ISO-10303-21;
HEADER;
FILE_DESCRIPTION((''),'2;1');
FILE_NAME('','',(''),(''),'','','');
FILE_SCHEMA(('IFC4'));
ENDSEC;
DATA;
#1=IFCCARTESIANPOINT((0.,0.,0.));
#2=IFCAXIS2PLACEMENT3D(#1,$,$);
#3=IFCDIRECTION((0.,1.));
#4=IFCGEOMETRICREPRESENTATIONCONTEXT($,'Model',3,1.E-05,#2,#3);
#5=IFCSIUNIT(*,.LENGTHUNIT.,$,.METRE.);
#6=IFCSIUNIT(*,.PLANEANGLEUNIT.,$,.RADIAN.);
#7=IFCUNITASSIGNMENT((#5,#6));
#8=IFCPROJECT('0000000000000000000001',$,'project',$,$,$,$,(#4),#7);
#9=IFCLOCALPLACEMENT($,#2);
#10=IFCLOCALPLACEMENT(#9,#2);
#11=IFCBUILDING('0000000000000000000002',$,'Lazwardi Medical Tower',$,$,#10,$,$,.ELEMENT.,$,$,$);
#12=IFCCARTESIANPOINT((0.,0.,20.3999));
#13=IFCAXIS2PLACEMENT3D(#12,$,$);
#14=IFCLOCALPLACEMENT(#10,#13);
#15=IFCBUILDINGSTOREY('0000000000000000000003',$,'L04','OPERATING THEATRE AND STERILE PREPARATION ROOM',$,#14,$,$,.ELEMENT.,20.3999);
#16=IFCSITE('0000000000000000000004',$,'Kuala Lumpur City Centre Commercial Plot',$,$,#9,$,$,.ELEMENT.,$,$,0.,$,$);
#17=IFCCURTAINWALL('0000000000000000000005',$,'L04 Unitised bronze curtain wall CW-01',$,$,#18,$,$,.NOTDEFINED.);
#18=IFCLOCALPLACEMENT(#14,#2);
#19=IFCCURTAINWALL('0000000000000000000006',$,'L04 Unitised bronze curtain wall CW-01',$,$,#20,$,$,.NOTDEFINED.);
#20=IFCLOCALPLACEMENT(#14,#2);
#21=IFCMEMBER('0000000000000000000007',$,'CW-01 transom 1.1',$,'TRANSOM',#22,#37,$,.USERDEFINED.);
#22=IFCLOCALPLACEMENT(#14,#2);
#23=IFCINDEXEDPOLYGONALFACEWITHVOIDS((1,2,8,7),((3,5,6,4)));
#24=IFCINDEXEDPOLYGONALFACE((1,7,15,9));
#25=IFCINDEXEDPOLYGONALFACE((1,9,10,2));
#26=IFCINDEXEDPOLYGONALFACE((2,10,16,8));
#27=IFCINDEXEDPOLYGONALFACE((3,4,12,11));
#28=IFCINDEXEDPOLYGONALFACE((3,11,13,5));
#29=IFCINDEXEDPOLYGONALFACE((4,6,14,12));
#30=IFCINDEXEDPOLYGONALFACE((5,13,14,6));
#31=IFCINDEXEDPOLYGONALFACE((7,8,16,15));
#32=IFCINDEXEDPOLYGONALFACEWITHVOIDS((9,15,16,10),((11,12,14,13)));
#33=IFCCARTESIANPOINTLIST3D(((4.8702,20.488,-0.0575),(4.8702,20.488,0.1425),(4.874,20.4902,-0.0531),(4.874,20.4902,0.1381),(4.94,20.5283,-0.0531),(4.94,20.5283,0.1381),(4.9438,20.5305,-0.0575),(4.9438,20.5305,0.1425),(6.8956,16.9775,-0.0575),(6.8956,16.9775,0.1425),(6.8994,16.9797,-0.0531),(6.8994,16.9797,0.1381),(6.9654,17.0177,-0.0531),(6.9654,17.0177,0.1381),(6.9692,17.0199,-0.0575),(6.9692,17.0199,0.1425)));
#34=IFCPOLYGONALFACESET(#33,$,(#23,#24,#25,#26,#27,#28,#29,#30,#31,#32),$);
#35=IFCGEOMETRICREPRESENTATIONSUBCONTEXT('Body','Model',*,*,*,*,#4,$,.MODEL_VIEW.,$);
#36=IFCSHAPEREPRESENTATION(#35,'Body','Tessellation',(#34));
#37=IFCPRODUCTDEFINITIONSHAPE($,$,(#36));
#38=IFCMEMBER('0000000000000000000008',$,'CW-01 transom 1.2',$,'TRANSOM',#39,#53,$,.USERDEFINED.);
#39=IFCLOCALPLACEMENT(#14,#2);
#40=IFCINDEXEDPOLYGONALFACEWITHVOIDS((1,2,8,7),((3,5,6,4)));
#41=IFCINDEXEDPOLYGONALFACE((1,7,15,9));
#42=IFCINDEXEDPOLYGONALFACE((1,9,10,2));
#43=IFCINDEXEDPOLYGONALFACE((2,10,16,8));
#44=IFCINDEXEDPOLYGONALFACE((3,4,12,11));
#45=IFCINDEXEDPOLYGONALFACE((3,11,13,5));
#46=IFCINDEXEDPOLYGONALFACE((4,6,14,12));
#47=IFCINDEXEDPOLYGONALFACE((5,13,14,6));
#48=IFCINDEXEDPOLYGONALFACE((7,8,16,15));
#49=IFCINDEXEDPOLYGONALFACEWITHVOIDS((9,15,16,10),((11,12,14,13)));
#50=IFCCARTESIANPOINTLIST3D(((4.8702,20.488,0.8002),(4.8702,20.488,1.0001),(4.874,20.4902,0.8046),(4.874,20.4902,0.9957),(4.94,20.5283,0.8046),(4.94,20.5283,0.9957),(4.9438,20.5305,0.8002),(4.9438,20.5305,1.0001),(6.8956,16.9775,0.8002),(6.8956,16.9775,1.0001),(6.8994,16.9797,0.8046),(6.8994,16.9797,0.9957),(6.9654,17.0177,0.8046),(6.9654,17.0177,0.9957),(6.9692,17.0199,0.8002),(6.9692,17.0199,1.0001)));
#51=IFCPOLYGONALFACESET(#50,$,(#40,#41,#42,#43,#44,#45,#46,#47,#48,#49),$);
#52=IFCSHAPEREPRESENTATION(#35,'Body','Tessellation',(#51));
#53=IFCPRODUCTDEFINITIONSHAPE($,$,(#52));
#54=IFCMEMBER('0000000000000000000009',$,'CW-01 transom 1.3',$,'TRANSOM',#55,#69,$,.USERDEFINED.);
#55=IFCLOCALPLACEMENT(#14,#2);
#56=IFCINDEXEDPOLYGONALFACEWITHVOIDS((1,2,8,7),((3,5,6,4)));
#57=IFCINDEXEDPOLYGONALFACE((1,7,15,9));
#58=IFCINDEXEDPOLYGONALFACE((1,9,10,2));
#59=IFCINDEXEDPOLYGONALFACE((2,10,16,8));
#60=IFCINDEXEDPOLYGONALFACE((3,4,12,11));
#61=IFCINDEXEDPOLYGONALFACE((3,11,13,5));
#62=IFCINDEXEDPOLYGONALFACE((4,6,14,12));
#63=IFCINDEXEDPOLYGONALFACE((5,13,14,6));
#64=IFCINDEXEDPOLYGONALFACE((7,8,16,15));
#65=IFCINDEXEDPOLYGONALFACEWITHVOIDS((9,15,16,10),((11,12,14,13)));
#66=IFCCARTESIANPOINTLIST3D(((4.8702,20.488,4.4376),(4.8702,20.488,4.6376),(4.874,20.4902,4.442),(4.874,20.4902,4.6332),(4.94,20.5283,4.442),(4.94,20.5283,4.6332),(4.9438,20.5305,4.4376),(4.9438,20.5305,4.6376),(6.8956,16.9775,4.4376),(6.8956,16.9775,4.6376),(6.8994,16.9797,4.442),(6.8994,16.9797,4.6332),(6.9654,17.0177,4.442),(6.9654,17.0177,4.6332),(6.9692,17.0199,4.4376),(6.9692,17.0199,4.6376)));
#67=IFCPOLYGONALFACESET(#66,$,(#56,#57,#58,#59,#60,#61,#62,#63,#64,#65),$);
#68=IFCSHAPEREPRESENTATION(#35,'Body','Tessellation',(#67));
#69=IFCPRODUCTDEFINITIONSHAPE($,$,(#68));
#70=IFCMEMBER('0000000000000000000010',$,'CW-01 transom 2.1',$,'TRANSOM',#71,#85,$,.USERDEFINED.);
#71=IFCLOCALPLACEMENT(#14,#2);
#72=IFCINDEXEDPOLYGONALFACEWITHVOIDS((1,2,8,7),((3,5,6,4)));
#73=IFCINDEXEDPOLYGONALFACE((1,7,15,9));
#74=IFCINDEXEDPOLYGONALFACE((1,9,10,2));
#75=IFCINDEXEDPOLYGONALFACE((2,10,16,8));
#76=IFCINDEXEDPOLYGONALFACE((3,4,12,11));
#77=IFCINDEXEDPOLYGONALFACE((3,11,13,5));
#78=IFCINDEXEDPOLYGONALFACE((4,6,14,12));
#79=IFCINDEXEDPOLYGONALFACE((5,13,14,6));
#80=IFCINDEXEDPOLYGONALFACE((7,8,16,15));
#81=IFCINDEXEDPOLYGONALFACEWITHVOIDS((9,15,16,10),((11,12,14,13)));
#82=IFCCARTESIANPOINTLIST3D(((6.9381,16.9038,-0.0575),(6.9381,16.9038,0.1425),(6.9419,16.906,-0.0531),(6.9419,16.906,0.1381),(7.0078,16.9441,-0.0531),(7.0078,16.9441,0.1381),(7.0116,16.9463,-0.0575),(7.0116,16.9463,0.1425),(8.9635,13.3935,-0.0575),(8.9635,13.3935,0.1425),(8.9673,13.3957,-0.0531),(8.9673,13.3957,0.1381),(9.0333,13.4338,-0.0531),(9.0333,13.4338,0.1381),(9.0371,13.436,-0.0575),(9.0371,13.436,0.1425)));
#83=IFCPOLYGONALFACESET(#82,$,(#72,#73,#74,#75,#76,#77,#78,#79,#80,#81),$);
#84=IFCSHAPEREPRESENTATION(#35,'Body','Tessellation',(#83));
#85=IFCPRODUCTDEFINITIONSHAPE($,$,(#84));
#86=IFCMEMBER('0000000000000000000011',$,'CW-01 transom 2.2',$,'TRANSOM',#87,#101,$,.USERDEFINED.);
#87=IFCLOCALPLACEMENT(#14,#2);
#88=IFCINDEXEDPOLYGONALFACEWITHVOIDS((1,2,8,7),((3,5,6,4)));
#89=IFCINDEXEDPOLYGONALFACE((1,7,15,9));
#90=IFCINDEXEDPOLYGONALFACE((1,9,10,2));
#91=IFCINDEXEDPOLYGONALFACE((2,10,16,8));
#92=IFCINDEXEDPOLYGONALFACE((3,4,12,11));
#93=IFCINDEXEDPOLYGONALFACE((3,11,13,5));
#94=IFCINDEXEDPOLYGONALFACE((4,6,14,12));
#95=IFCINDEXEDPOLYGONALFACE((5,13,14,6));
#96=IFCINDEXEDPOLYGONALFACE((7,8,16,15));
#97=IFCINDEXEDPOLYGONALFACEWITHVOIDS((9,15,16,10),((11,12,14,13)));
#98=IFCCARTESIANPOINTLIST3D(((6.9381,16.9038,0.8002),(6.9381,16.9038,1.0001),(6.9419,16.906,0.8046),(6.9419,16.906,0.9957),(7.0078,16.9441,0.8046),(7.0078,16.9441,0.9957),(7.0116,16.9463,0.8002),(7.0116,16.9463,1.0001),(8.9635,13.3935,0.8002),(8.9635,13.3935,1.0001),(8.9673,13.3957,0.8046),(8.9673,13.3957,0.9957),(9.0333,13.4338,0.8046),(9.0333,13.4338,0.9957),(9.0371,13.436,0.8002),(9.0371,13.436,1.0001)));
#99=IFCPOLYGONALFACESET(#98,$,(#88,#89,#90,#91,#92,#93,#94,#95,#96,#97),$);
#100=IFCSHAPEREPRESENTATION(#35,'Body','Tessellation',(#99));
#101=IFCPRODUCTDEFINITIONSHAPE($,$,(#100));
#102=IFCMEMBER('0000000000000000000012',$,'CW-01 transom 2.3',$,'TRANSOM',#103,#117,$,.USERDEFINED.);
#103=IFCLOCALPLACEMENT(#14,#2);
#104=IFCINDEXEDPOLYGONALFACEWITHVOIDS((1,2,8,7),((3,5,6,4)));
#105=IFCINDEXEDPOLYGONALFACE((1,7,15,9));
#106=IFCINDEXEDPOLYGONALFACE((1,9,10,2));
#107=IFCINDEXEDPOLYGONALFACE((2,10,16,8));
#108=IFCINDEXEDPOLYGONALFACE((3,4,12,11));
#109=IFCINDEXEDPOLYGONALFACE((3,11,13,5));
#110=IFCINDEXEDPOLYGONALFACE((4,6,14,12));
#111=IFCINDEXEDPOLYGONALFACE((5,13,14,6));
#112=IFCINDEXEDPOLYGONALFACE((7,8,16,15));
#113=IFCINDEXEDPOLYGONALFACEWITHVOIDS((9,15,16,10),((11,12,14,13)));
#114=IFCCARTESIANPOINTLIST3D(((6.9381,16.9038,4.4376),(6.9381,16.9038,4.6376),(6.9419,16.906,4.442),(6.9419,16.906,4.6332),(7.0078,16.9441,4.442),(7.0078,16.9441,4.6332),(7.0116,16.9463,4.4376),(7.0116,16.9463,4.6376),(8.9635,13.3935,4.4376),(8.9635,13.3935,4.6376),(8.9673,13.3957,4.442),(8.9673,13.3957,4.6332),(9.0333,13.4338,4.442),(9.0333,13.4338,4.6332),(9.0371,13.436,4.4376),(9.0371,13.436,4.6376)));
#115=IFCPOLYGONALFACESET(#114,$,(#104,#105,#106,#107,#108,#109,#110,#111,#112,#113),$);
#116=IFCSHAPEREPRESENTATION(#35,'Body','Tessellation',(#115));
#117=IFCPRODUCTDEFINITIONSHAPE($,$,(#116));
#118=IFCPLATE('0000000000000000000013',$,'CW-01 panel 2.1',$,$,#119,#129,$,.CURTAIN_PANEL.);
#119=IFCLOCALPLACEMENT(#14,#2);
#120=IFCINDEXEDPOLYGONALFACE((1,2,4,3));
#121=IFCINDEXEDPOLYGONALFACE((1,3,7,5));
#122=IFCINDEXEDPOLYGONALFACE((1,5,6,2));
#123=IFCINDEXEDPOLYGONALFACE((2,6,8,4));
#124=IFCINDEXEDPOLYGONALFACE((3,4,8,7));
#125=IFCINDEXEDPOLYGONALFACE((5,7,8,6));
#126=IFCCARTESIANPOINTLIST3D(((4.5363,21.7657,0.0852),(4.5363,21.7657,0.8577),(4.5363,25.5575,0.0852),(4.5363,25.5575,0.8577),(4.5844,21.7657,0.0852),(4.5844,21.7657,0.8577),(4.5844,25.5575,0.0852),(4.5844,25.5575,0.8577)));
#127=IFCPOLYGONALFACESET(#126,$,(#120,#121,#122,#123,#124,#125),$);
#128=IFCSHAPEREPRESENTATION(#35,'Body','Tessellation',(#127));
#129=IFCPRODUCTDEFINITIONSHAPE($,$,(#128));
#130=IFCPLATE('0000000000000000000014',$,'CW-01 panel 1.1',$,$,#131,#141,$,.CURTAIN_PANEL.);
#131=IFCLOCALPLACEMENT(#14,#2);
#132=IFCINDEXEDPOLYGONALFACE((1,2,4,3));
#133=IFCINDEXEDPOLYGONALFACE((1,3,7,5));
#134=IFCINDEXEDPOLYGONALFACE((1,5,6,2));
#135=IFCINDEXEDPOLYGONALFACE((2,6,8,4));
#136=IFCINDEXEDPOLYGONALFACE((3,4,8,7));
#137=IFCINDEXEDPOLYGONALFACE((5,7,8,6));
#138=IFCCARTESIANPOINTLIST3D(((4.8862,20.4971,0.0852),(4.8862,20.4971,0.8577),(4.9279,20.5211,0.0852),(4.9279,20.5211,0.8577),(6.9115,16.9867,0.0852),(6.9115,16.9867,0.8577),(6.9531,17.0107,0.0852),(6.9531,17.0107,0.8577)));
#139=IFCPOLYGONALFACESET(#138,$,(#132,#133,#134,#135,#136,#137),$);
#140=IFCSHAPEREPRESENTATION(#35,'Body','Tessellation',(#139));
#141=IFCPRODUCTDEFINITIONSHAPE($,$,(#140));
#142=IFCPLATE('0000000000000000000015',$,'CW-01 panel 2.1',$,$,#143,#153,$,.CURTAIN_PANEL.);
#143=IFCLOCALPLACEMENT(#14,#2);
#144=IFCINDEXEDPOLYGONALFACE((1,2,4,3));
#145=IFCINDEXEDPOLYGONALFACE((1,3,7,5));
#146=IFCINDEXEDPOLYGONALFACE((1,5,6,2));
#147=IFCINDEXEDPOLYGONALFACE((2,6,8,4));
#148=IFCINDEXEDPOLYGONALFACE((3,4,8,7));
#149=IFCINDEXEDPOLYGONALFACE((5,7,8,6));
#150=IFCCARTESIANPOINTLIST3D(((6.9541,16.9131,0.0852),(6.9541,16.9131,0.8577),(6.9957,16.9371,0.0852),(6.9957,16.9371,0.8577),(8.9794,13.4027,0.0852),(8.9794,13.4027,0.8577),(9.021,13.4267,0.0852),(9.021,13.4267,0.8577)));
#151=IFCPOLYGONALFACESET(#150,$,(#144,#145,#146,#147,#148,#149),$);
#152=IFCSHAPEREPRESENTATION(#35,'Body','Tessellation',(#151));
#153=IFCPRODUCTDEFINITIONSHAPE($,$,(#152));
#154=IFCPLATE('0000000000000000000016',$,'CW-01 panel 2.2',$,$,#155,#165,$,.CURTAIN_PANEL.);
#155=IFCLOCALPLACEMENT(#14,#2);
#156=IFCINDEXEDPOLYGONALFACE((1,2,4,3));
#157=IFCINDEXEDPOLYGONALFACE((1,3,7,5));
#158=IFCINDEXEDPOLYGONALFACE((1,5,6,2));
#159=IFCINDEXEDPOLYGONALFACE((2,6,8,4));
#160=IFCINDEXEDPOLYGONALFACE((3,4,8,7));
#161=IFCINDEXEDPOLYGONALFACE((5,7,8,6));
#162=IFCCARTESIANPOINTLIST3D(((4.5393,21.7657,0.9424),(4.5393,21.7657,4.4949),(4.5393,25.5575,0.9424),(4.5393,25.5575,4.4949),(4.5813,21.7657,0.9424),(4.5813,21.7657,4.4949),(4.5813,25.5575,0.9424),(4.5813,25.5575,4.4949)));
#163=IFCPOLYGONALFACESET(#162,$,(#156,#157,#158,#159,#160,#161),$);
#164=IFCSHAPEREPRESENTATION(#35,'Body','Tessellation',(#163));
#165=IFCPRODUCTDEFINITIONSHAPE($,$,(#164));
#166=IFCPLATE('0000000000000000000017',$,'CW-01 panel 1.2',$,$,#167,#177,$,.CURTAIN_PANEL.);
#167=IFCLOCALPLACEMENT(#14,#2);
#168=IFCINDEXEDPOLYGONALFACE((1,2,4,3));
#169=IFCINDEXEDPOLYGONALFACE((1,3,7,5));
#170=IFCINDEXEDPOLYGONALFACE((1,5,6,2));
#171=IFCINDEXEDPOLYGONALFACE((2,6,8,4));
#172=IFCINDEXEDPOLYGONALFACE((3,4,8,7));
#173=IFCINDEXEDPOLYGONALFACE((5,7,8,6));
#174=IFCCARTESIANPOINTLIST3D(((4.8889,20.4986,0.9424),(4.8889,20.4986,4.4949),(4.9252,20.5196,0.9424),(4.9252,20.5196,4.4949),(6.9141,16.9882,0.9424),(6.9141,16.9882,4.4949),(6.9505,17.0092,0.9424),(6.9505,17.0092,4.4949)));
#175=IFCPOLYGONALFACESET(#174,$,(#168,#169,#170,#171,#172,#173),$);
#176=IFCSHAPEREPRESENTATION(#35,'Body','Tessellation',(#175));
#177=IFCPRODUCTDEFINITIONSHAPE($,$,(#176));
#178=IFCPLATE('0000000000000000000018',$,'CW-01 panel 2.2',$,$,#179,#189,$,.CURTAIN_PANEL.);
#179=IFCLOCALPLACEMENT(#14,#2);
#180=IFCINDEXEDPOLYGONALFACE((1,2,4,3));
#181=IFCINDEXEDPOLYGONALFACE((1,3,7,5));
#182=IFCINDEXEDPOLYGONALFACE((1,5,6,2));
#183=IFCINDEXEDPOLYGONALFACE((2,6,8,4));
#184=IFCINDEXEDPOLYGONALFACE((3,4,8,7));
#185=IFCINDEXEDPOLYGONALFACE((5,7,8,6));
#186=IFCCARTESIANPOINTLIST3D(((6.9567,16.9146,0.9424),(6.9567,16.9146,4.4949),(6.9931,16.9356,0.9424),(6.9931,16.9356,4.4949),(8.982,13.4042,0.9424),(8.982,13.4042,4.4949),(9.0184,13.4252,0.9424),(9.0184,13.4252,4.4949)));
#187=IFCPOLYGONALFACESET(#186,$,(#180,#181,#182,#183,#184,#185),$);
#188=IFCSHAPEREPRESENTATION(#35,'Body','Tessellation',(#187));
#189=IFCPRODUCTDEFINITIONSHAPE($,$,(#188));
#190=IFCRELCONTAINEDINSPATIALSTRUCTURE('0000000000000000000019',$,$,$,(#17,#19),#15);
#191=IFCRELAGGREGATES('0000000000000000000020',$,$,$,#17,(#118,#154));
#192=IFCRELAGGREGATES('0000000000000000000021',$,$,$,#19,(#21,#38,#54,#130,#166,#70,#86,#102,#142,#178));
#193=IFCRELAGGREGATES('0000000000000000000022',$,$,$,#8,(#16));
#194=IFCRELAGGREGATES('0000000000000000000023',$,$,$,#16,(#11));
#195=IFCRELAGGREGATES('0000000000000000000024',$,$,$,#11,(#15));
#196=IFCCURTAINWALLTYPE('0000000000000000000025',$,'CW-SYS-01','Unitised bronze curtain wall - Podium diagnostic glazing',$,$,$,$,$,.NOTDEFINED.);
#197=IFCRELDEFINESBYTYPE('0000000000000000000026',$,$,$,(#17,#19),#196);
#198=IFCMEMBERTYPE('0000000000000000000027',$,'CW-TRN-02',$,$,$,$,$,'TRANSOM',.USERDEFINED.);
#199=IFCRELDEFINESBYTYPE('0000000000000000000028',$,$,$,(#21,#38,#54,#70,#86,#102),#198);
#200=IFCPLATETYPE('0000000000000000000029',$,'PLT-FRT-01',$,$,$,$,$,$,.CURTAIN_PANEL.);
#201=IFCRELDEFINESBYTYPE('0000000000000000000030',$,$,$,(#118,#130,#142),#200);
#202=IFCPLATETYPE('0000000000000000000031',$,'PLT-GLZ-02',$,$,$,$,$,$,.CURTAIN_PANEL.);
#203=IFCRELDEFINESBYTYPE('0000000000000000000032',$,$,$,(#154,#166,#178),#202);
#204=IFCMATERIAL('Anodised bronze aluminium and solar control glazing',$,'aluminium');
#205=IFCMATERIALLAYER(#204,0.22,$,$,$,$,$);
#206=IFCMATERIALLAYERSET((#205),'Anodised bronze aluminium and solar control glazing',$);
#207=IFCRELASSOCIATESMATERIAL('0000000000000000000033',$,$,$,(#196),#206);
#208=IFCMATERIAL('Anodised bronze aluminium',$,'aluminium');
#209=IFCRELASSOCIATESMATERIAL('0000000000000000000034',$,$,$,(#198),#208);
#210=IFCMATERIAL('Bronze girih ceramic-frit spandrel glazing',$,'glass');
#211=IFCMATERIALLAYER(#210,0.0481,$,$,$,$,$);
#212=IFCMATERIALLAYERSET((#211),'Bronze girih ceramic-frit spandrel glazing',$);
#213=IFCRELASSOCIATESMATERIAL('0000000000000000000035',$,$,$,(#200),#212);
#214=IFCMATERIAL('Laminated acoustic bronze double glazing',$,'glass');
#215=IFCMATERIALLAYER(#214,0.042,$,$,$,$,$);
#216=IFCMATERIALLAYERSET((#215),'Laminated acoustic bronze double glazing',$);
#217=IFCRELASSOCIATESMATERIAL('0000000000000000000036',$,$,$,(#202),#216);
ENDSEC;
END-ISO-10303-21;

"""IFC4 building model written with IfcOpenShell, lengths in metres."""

from ifc_helpers import new_model, si_unit, direction, frame, origin, origin_2d, place, context, subcontext, project, spatial, rectangle, hollow_rectangle, extrude, material, layer, layer_set, material_profile, profile_set, type_object, element, aggregate, save


model = new_model("IFC4")

# Units and contexts
model_context = context("Model", 3, precision=1e-05, world=origin(), true_north=direction((0.0, 1.0)))
body_context = subcontext(model_context, "Body", "Model", "MODEL_VIEW")
ifc_project = project(units=[si_unit("LENGTHUNIT", "METRE"), si_unit("PLANEANGLEUNIT", "RADIAN")], contexts=[model_context])

# Site, building, storey
site_placement = place(None, origin())
site = spatial("IfcSite", under=ifc_project, at=site_placement, Name="Kuala Lumpur City Centre Commercial Plot", CompositionType="ELEMENT", RefElevation=0.0)
building_placement = place(site_placement, origin())
building = spatial("IfcBuilding", under=site, at=building_placement, Name="Lazwardi Medical Tower", CompositionType="ELEMENT")
storey_placement = place(building_placement, frame((0.0, 0.0, 20.3999)))
storey = spatial("IfcBuildingStorey", under=building, at=storey_placement, Name="L04", Description="OPERATING THEATRE AND STERILE PREPARATION ROOM", CompositionType="ELEMENT", Elevation=20.3999)

# Curtain walls
ifc_material_1 = material(Name="Anodised bronze aluminium and solar control glazing", Category="aluminium")
ifc_layer_1 = layer(ifc_material_1, 0.22)
ifc_layer_set_1 = layer_set([ifc_layer_1], Name="Anodised bronze aluminium and solar control glazing")
curtain_wall_type = type_object("IfcCurtainWallType", Name="CW-SYS-01", Description="Unitised bronze curtain wall - Podium diagnostic glazing", PredefinedType="NOTDEFINED", material=ifc_layer_set_1)
curtain_wall_1_placement = place(storey_placement, origin())
curtain_wall_1 = element("IfcCurtainWall", 1, at=curtain_wall_1_placement, inside=storey, type_object=curtain_wall_type, Name="L04 Unitised bronze curtain wall CW-01", PredefinedType="NOTDEFINED")
ifc_material_2 = material(Name="Anodised bronze aluminium", Category="aluminium")
curtain_wall_2_placement = place(storey_placement, origin())
curtain_wall_2 = element("IfcCurtainWall", 2, at=curtain_wall_2_placement, inside=storey, type_object=curtain_wall_type, Name="L04 Unitised bronze curtain wall CW-01", PredefinedType="NOTDEFINED")

# Members
ifc_material_profile_1 = material_profile(ifc_material_2, hollow_rectangle(XDim=0.085, YDim=0.2, WallThickness=0.0044, at=origin_2d()), Name="ALU-TRANSOM 200x85x4.5")
ifc_profile_set_1 = profile_set([ifc_material_profile_1], Name="Anodised bronze aluminium")
member_type_1 = type_object("IfcMemberType", Name="CW-TRN-02", ElementType="TRANSOM", PredefinedType="USERDEFINED", material=ifc_profile_set_1)
member_1_placement = place(storey_placement, frame((4.907, 20.5093, 0.0425), z_axis=(0.499742, -0.866175, 0.0), x_axis=(0.866175, 0.499742, 0.0)))
member_1 = element("IfcMember", 3, at=member_1_placement, type_object=member_type_1, Name="CW-01 transom 1.1", ObjectType="TRANSOM", PredefinedType="USERDEFINED", context=body_context, shape_type="SweptSolid", body=[
    extrude(hollow_rectangle(XDim=0.085, YDim=0.2, WallThickness=0.0044, at=origin_2d()), origin(), (0.0, 0.0, 1.0), 4.053),
])
member_2_placement = place(storey_placement, frame((4.907, 20.5093, 0.9001), z_axis=(0.499742, -0.866175, 0.0), x_axis=(0.866175, 0.499742, 0.0)))
member_2 = element("IfcMember", 4, at=member_2_placement, type_object=member_type_1, Name="CW-01 transom 1.2", ObjectType="TRANSOM", PredefinedType="USERDEFINED", context=body_context, shape_type="SweptSolid", body=[
    extrude(hollow_rectangle(XDim=0.085, YDim=0.2, WallThickness=0.0044, at=origin_2d()), origin(), (0.0, 0.0, 1.0), 4.053),
])
member_3_placement = place(storey_placement, frame((4.907, 20.5093, 4.5376), z_axis=(0.499742, -0.866175, 0.0), x_axis=(0.866175, 0.499742, 0.0)))
member_3 = element("IfcMember", 5, at=member_3_placement, type_object=member_type_1, Name="CW-01 transom 1.3", ObjectType="TRANSOM", PredefinedType="USERDEFINED", context=body_context, shape_type="SweptSolid", body=[
    extrude(hollow_rectangle(XDim=0.085, YDim=0.2, WallThickness=0.0044, at=origin_2d()), origin(), (0.0, 0.0, 1.0), 4.053),
])
member_4_placement = place(storey_placement, frame((6.9749, 16.925, 0.0425), z_axis=(0.499768, -0.86616, 0.0), x_axis=(0.86616, 0.499768, 0.0)))
member_4 = element("IfcMember", 6, at=member_4_placement, type_object=member_type_1, Name="CW-01 transom 2.1", ObjectType="TRANSOM", PredefinedType="USERDEFINED", context=body_context, shape_type="SweptSolid", body=[
    extrude(hollow_rectangle(XDim=0.085, YDim=0.2, WallThickness=0.0044, at=origin_2d()), origin(), (0.0, 0.0, 1.0), 4.0527),
])
member_5_placement = place(storey_placement, frame((6.9749, 16.925, 0.9001), z_axis=(0.499768, -0.86616, 0.0), x_axis=(0.86616, 0.499768, 0.0)))
member_5 = element("IfcMember", 7, at=member_5_placement, type_object=member_type_1, Name="CW-01 transom 2.2", ObjectType="TRANSOM", PredefinedType="USERDEFINED", context=body_context, shape_type="SweptSolid", body=[
    extrude(hollow_rectangle(XDim=0.085, YDim=0.2, WallThickness=0.0044, at=origin_2d()), origin(), (0.0, 0.0, 1.0), 4.0527),
])
member_6_placement = place(storey_placement, frame((6.9749, 16.925, 4.5376), z_axis=(0.499768, -0.86616, 0.0), x_axis=(0.86616, 0.499768, 0.0)))
member_6 = element("IfcMember", 8, at=member_6_placement, type_object=member_type_1, Name="CW-01 transom 2.3", ObjectType="TRANSOM", PredefinedType="USERDEFINED", context=body_context, shape_type="SweptSolid", body=[
    extrude(hollow_rectangle(XDim=0.085, YDim=0.2, WallThickness=0.0044, at=origin_2d()), origin(), (0.0, 0.0, 1.0), 4.0527),
])

# Plates
ifc_material_3 = material(Name="Bronze girih ceramic-frit spandrel glazing", Category="glass")
ifc_layer_2 = layer(ifc_material_3, 0.0481)
ifc_layer_set_2 = layer_set([ifc_layer_2], Name="Bronze girih ceramic-frit spandrel glazing")
plate_type_1 = type_object("IfcPlateType", Name="PLT-FRT-01", PredefinedType="CURTAIN_PANEL", material=ifc_layer_set_2)
plate_1_placement = place(storey_placement, frame((4.5603, 23.6616, 0.0852), z_axis=(0.0, 0.0, 1.0), x_axis=(0.0, -1.0, 0.0)))
plate_1 = element("IfcPlate", 9, at=plate_1_placement, type_object=plate_type_1, Name="CW-01 panel 2.1", PredefinedType="CURTAIN_PANEL", context=body_context, shape_type="SweptSolid", body=[
    extrude(rectangle(XDim=3.7917, YDim=0.0481, at=origin_2d()), origin(), (0.0, 0.0, 1.0), 0.7725),
])
plate_2_placement = place(storey_placement, frame((5.9197, 18.7539, 0.0852), z_axis=(0.0, 0.0, 1.0), x_axis=(0.499731, -0.866181, 0.0)))
plate_2 = element("IfcPlate", 10, at=plate_2_placement, type_object=plate_type_1, Name="CW-01 panel 1.1", PredefinedType="CURTAIN_PANEL", context=body_context, shape_type="SweptSolid", body=[
    extrude(rectangle(XDim=4.0527, YDim=0.0481, at=origin_2d()), origin(), (0.0, 0.0, 1.0), 0.7725),
])
plate_3_placement = place(storey_placement, frame((7.9875, 15.1699, 0.0852), z_axis=(0.0, 0.0, 1.0), x_axis=(0.499731, -0.866181, 0.0)))
plate_3 = element("IfcPlate", 11, at=plate_3_placement, type_object=plate_type_1, Name="CW-01 panel 2.1", PredefinedType="CURTAIN_PANEL", context=body_context, shape_type="SweptSolid", body=[
    extrude(rectangle(XDim=4.0527, YDim=0.0481, at=origin_2d()), origin(), (0.0, 0.0, 1.0), 0.7725),
])
ifc_material_4 = material(Name="Laminated acoustic bronze double glazing", Category="glass")
ifc_layer_3 = layer(ifc_material_4, 0.042)
ifc_layer_set_3 = layer_set([ifc_layer_3], Name="Laminated acoustic bronze double glazing")
plate_type_2 = type_object("IfcPlateType", Name="PLT-GLZ-02", PredefinedType="CURTAIN_PANEL", material=ifc_layer_set_3)
plate_4_placement = place(storey_placement, frame((4.5603, 23.6616, 0.9424), z_axis=(0.0, 0.0, 1.0), x_axis=(0.0, -1.0, 0.0)))
plate_4 = element("IfcPlate", 12, at=plate_4_placement, type_object=plate_type_2, Name="CW-01 panel 2.2", PredefinedType="CURTAIN_PANEL", context=body_context, shape_type="SweptSolid", body=[
    extrude(rectangle(XDim=3.7917, YDim=0.042, at=origin_2d()), origin(), (0.0, 0.0, 1.0), 3.5525),
])
aggregate(curtain_wall_1, [plate_1, plate_4])
plate_5_placement = place(storey_placement, frame((5.9197, 18.7539, 0.9424), z_axis=(0.0, 0.0, 1.0), x_axis=(0.499731, -0.866181, 0.0)))
plate_5 = element("IfcPlate", 13, at=plate_5_placement, type_object=plate_type_2, Name="CW-01 panel 1.2", PredefinedType="CURTAIN_PANEL", context=body_context, shape_type="SweptSolid", body=[
    extrude(rectangle(XDim=4.0527, YDim=0.042, at=origin_2d()), origin(), (0.0, 0.0, 1.0), 3.5525),
])
plate_6_placement = place(storey_placement, frame((7.9875, 15.1699, 0.9424), z_axis=(0.0, 0.0, 1.0), x_axis=(0.499731, -0.866181, 0.0)))
plate_6 = element("IfcPlate", 14, at=plate_6_placement, type_object=plate_type_2, Name="CW-01 panel 2.2", PredefinedType="CURTAIN_PANEL", context=body_context, shape_type="SweptSolid", body=[
    extrude(rectangle(XDim=4.0527, YDim=0.042, at=origin_2d()), origin(), (0.0, 0.0, 1.0), 3.5525),
])
aggregate(curtain_wall_2, [member_1, member_2, member_3, plate_2, plate_5, member_4, member_5, member_6, plate_3, plate_6])

save(model, "model.ifc")
